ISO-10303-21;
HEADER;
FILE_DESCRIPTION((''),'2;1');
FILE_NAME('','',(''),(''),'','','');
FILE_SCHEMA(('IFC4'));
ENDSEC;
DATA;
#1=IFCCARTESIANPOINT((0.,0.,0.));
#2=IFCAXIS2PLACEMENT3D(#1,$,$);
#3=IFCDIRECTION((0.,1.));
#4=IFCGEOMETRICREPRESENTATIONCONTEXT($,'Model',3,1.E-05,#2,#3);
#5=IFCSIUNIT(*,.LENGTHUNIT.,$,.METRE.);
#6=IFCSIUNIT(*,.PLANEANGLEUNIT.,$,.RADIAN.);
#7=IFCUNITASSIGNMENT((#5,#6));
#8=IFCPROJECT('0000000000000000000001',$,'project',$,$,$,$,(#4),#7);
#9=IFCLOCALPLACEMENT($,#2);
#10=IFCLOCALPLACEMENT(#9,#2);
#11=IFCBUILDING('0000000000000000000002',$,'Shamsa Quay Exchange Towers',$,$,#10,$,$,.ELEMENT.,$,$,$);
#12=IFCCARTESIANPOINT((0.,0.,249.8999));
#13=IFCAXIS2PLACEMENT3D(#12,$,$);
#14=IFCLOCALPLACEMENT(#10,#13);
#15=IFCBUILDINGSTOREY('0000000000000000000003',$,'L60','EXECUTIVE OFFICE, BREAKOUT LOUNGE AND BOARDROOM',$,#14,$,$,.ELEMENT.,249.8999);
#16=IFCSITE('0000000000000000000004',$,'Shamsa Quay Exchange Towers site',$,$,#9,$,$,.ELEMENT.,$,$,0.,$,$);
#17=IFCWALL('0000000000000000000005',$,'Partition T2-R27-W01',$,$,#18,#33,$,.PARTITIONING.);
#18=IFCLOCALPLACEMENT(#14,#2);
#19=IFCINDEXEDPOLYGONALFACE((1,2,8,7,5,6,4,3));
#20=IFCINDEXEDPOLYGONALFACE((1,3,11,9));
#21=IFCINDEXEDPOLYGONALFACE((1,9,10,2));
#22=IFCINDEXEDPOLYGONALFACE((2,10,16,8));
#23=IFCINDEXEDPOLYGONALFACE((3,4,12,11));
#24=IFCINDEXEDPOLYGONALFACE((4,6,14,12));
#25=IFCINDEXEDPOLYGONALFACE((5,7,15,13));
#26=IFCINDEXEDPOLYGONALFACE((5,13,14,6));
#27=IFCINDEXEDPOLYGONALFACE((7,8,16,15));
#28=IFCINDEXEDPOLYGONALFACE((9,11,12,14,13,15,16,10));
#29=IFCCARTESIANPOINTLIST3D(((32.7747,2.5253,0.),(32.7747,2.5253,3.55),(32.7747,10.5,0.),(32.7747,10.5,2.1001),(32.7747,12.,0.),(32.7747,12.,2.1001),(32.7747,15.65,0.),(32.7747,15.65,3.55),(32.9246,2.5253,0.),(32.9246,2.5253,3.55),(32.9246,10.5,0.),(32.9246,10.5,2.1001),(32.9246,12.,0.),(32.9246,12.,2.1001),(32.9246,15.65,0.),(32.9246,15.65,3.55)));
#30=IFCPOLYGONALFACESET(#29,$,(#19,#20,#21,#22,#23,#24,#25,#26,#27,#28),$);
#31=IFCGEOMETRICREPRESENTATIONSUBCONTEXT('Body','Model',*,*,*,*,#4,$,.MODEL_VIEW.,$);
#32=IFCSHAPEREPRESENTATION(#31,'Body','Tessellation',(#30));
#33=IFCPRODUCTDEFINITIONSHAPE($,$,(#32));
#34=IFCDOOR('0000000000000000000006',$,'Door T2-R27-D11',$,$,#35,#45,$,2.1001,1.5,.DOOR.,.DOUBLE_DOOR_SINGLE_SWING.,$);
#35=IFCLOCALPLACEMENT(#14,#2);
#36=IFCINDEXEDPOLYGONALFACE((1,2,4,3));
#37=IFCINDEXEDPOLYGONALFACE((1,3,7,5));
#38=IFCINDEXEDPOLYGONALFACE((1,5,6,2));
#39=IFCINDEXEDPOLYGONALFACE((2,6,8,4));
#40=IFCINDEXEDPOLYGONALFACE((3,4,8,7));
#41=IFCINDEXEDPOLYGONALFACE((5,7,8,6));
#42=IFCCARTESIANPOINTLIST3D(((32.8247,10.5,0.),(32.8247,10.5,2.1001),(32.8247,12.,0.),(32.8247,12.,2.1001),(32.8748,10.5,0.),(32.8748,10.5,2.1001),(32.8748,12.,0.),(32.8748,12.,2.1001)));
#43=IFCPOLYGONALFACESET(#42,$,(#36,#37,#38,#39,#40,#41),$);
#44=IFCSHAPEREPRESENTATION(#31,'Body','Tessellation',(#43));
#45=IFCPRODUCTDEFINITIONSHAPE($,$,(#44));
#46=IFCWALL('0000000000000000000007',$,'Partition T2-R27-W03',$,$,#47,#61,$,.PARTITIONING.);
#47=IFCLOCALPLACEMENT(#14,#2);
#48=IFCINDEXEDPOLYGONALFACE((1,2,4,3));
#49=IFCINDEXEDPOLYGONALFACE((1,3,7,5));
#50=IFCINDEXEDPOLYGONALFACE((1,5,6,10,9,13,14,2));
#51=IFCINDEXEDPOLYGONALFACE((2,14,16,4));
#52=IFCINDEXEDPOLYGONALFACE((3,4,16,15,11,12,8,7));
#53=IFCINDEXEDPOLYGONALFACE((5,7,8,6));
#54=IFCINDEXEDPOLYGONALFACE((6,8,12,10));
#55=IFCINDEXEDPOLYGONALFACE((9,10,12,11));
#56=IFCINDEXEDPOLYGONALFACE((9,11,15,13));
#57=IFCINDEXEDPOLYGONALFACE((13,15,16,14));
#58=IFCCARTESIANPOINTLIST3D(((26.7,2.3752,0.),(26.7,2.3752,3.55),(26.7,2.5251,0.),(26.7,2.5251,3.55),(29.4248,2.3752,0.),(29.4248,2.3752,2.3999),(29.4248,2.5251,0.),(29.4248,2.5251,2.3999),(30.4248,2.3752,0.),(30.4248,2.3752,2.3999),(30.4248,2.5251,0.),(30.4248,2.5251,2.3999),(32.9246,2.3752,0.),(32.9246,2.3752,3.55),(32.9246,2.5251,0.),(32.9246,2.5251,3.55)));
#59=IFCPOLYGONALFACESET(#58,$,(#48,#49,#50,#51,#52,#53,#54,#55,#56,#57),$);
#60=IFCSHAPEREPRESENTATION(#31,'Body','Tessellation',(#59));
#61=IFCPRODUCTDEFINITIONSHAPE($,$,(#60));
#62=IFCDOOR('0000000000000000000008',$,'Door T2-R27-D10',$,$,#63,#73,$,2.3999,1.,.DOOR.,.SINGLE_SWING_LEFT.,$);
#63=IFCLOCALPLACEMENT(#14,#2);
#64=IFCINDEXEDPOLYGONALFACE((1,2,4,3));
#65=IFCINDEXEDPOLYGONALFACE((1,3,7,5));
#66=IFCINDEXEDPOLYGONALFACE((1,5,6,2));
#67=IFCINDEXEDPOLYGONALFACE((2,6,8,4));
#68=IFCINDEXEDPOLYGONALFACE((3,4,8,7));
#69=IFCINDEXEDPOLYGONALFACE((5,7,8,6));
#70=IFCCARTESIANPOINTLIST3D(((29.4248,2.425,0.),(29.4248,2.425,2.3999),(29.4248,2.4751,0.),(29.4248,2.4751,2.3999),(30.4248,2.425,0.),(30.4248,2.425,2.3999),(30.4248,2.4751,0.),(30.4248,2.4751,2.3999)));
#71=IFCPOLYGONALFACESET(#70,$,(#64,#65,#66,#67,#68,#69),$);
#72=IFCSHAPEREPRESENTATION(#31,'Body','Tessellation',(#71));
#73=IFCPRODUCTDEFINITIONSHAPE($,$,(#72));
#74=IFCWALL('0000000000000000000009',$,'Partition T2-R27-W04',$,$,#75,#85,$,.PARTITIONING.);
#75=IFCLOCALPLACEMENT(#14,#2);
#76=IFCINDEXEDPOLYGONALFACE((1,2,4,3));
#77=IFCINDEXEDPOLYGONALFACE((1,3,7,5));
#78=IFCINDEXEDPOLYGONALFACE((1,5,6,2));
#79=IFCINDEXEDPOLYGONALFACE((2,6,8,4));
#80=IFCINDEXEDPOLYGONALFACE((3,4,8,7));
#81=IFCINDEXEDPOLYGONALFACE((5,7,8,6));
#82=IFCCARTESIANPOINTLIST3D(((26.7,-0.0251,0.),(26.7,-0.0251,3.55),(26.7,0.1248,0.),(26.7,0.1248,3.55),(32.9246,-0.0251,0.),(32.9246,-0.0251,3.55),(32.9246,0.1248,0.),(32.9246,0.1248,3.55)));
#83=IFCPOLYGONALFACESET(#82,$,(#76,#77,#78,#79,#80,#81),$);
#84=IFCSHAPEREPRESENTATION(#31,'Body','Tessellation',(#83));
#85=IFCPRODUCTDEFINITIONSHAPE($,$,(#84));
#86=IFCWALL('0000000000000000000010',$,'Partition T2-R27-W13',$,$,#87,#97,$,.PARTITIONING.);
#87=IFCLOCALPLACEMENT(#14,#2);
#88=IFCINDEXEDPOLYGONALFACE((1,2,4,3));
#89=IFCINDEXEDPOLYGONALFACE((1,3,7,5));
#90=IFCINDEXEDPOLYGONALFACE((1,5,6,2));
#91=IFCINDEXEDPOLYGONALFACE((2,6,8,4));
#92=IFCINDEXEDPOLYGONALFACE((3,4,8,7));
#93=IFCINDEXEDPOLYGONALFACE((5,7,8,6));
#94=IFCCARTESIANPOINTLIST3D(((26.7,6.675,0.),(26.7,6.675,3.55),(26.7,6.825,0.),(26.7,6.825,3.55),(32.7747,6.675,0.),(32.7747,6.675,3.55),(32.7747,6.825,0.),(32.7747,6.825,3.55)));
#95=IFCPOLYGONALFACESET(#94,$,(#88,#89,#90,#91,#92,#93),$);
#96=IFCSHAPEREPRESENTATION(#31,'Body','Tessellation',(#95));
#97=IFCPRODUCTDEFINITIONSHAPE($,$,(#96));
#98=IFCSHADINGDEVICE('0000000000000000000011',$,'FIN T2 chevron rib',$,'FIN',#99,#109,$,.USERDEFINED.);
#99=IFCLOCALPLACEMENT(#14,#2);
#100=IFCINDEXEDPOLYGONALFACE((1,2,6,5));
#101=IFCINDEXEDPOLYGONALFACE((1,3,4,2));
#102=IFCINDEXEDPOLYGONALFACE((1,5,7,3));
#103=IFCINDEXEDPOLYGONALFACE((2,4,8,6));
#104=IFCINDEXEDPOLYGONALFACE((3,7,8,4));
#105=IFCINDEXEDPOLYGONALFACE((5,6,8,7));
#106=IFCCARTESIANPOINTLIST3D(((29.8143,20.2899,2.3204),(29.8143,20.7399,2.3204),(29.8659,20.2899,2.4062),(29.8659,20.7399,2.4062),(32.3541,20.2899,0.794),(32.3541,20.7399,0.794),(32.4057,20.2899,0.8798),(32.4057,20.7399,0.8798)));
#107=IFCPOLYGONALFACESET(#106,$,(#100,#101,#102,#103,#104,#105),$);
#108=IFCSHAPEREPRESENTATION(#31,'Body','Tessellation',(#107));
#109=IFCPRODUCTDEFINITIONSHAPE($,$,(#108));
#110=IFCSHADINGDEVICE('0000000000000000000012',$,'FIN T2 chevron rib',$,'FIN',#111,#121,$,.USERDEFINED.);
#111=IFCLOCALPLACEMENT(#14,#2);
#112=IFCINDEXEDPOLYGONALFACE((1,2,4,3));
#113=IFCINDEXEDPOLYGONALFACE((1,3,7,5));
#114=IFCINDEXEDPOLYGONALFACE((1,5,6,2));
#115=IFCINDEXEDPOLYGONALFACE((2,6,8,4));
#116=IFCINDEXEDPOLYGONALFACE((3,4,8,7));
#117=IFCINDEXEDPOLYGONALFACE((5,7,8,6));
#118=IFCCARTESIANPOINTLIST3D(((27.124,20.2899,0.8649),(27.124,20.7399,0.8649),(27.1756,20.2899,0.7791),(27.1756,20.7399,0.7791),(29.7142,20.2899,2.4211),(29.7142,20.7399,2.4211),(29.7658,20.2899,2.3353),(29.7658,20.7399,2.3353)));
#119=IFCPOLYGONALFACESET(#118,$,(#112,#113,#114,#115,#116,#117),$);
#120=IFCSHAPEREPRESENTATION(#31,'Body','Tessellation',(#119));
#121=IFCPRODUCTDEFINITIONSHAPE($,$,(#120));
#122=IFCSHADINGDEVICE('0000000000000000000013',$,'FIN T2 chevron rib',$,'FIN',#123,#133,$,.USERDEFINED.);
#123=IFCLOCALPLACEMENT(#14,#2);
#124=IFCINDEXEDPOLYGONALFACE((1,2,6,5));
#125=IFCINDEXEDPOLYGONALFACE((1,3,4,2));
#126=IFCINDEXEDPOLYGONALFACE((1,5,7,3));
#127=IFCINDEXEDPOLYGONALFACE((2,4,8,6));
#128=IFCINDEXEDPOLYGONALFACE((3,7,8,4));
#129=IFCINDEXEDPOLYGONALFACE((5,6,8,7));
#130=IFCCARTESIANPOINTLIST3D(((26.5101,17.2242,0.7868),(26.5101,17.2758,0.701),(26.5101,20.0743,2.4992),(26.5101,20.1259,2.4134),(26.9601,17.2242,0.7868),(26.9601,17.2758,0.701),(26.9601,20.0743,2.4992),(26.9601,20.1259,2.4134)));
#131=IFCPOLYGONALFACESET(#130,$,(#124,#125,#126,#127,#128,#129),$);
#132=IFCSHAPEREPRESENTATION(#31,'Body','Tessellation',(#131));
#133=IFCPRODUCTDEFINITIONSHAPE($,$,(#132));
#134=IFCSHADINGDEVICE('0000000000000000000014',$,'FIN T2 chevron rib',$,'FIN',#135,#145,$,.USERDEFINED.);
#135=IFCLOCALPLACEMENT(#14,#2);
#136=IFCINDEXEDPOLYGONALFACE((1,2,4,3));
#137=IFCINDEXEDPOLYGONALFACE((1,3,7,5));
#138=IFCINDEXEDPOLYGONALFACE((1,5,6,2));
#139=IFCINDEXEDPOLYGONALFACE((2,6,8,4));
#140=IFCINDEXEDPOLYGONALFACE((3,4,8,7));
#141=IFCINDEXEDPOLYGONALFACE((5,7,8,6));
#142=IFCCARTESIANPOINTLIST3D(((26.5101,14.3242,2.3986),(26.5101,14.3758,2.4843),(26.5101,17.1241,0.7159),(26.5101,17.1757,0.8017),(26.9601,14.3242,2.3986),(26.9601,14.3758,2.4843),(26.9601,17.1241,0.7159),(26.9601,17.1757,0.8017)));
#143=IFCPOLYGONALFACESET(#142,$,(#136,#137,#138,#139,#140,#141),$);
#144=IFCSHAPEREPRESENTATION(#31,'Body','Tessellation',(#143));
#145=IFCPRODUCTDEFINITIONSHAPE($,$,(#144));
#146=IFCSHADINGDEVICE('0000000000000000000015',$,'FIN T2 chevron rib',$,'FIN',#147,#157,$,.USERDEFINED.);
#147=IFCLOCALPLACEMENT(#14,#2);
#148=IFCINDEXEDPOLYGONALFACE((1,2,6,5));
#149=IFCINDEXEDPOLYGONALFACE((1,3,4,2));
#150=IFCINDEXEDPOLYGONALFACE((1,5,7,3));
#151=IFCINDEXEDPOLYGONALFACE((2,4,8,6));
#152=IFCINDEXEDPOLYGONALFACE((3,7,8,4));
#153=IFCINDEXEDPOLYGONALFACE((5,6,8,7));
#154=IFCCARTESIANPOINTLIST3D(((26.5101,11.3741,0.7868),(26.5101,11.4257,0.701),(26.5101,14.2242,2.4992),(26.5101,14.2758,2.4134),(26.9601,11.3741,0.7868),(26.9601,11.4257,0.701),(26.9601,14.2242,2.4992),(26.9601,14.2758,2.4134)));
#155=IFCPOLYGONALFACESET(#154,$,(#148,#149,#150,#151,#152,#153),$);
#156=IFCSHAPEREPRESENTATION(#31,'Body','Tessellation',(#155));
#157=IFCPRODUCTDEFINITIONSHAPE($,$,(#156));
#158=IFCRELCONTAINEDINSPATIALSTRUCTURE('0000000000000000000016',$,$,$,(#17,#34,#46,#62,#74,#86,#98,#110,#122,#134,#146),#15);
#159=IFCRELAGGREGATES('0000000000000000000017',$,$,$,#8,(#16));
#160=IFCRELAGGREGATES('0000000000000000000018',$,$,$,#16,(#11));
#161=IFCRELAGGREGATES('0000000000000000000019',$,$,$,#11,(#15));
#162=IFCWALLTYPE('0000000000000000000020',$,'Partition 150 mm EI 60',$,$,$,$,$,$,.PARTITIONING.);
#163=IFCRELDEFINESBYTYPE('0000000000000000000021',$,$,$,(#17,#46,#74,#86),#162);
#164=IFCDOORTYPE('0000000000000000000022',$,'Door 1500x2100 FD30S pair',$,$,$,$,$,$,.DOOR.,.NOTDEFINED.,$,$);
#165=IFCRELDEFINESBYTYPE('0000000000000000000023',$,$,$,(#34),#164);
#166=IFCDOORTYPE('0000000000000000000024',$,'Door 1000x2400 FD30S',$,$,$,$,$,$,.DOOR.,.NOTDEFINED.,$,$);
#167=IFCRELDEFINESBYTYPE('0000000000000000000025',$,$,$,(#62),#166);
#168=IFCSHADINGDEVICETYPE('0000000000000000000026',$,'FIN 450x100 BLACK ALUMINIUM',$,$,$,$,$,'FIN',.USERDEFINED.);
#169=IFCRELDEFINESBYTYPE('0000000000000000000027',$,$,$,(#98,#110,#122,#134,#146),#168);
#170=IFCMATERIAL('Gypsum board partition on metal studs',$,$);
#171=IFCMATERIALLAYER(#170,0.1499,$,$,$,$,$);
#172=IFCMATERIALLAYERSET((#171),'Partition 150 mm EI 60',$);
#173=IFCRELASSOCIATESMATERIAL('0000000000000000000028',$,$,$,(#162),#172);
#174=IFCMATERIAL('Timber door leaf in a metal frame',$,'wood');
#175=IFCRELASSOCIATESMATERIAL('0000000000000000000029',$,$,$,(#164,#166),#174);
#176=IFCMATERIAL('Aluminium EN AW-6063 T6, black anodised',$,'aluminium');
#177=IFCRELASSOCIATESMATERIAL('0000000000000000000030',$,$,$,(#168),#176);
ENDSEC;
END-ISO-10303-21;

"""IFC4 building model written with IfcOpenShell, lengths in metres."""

from ifc_helpers import new_model, si_unit, direction, frame, frame_2d, origin, origin_2d, place, context, subcontext, project, spatial, rectangle, extrude, material, layer, layer_set, material_profile, profile_set, type_object, element, fill, save


model = new_model("IFC4")

# Units and contexts
model_context = context("Model", 3, precision=1e-05, world=origin(), true_north=direction((0.0, 1.0)))
body_context = subcontext(model_context, "Body", "Model", "MODEL_VIEW")
ifc_project = project(units=[si_unit("LENGTHUNIT", "METRE"), si_unit("PLANEANGLEUNIT", "RADIAN")], contexts=[model_context])

# Site, building, storey
site_placement = place(None, origin())
site = spatial("IfcSite", under=ifc_project, at=site_placement, Name="Shamsa Quay Exchange Towers site", CompositionType="ELEMENT", RefElevation=0.0)
building_placement = place(site_placement, origin())
building = spatial("IfcBuilding", under=site, at=building_placement, Name="Shamsa Quay Exchange Towers", CompositionType="ELEMENT")
storey_placement = place(building_placement, frame((0.0, 0.0, 249.8999)))
storey = spatial("IfcBuildingStorey", under=building, at=storey_placement, Name="L60", Description="EXECUTIVE OFFICE, BREAKOUT LOUNGE AND BOARDROOM", CompositionType="ELEMENT", Elevation=249.8999)

# Shared definitions
ifc_material_1 = material(Name="Aluminium EN AW-6063 T6, black anodised", Category="aluminium")

# Shared definitions
ifc_material_2 = material(Name="Timber door leaf in a metal frame", Category="wood")

# Walls, openings, doors
ifc_material_3 = material(Name="Gypsum board partition on metal studs")
ifc_layer_1 = layer(ifc_material_3, 0.1499)
ifc_layer_set_1 = layer_set([ifc_layer_1], Name="Partition 150 mm EI 60")
wall_type_1 = type_object("IfcWallType", Name="Partition 150 mm EI 60", PredefinedType="PARTITIONING", material=ifc_layer_set_1)
wall_1_placement = place(storey_placement, frame((32.8496, 2.5251, 0.0), z_axis=(0.0, 0.0, 1.0), x_axis=(0.0, 1.0, 0.0)))
wall_1 = element("IfcWall", 1, at=wall_1_placement, inside=storey, type_object=wall_type_1, Name="Partition T2-R27-W01", PredefinedType="PARTITIONING", context=body_context, shape_type="SweptSolid", body=[
    extrude(rectangle(XDim=13.1248, YDim=0.1499, at=frame_2d((6.5625, 0.0))), origin(), (0.0, 0.0, 1.0), 3.55),
])
opening_1_placement = place(wall_1_placement, frame((7.9749, 0.0, 0.0)))
opening_1 = element("IfcOpeningElement", 2, at=opening_1_placement, cuts=wall_1, PredefinedType="OPENING", context=body_context, shape_type="SweptSolid", body=[
    extrude(rectangle(XDim=1.5, YDim=2.1001, at=frame_2d((0.75, 1.05))), frame((0.0, 0.085, 0.0), z_axis=(0.0, -1.0, 0.0), x_axis=(1.0, 0.0, 0.0)), (0.0, 0.0, 1.0), 0.1699),
])
door_type_1 = type_object("IfcDoorType", Name="Door 1500x2100 FD30S pair", OperationType="NOTDEFINED", PredefinedType="DOOR", material=ifc_material_2)
door_1_placement = place(opening_1_placement, origin())
door_1 = element("IfcDoor", 3, at=door_1_placement, inside=storey, type_object=door_type_1, Name="Door T2-R27-D11", OperationType="DOUBLE_DOOR_SINGLE_SWING", OverallHeight=2.1001, OverallWidth=1.5, PredefinedType="DOOR", context=body_context, shape_type="SweptSolid", body=[
    extrude(rectangle(XDim=1.5, YDim=2.1001, at=frame_2d((0.75, 1.05))), frame((0.0, 0.0249, 0.0), z_axis=(0.0, -1.0, 0.0), x_axis=(1.0, 0.0, 0.0)), (0.0, 0.0, 1.0), 0.05),
])
fill(opening_1, door_1)
wall_2_placement = place(storey_placement, frame((26.7, 2.4502, 0.0)))
wall_2 = element("IfcWall", 4, at=wall_2_placement, inside=storey, type_object=wall_type_1, Name="Partition T2-R27-W03", PredefinedType="PARTITIONING", context=body_context, shape_type="SweptSolid", body=[
    extrude(rectangle(XDim=6.2246, YDim=0.1499, at=frame_2d((3.1123, 0.0))), origin(), (0.0, 0.0, 1.0), 3.55),
])
opening_2_placement = place(wall_2_placement, frame((2.7249, 0.0, 0.0)))
opening_2 = element("IfcOpeningElement", 5, at=opening_2_placement, cuts=wall_2, PredefinedType="OPENING", context=body_context, shape_type="SweptSolid", body=[
    extrude(rectangle(XDim=1.0, YDim=2.3999, at=frame_2d((0.5, 1.2))), frame((0.0, 0.085, 0.0), z_axis=(0.0, -1.0, 0.0), x_axis=(1.0, 0.0, 0.0)), (0.0, 0.0, 1.0), 0.1699),
])
door_type_2 = type_object("IfcDoorType", Name="Door 1000x2400 FD30S", OperationType="NOTDEFINED", PredefinedType="DOOR", material=ifc_material_2)
door_2_placement = place(opening_2_placement, origin())
door_2 = element("IfcDoor", 6, at=door_2_placement, inside=storey, type_object=door_type_2, Name="Door T2-R27-D10", OperationType="SINGLE_SWING_LEFT", OverallHeight=2.3999, OverallWidth=1.0, PredefinedType="DOOR", context=body_context, shape_type="SweptSolid", body=[
    extrude(rectangle(XDim=1.0, YDim=2.3999, at=frame_2d((0.5, 1.2))), frame((0.0, 0.0249, 0.0), z_axis=(0.0, -1.0, 0.0), x_axis=(1.0, 0.0, 0.0)), (0.0, 0.0, 1.0), 0.05),
])
fill(opening_2, door_2)

# Walls
wall_3_placement = place(storey_placement, frame((32.9246, 0.0498, 0.0), z_axis=(0.0, 0.0, 1.0), x_axis=(-1.0, 0.0, 0.0)))
element("IfcWall", 7, at=wall_3_placement, inside=storey, type_object=wall_type_1, Name="Partition T2-R27-W04", PredefinedType="PARTITIONING", context=body_context, shape_type="SweptSolid", body=[
    extrude(rectangle(XDim=6.2246, YDim=0.1499, at=frame_2d((3.1123, 0.0))), origin(), (0.0, 0.0, 1.0), 3.55),
])
wall_4_placement = place(storey_placement, frame((32.7747, 6.75, 0.0), z_axis=(0.0, 0.0, 1.0), x_axis=(-1.0, 0.0, 0.0)))
element("IfcWall", 8, at=wall_4_placement, inside=storey, type_object=wall_type_1, Name="Partition T2-R27-W13", PredefinedType="PARTITIONING", context=body_context, shape_type="SweptSolid", body=[
    extrude(rectangle(XDim=6.0747, YDim=0.1499, at=frame_2d((3.0374, 0.0))), origin(), (0.0, 0.0, 1.0), 3.55),
])

# Shading devices
ifc_material_profile_1 = material_profile(ifc_material_1, rectangle(XDim=0.45, YDim=0.1001, at=origin_2d()), Name="FIN450x100")
ifc_profile_set_1 = profile_set([ifc_material_profile_1], Name="Aluminium EN AW-6063 T6, black anodised")
shading_device_type = type_object("IfcShadingDeviceType", Name="FIN 450x100 BLACK ALUMINIUM", ElementType="FIN", PredefinedType="USERDEFINED", material=ifc_profile_set_1)
shading_device_1_placement = place(storey_placement, frame((32.3799, 20.5149, 0.8369), z_axis=(-0.857122, 0.0, 0.515114), x_axis=(0.0, -1.0, 0.0)))
element("IfcShadingDevice", 9, at=shading_device_1_placement, inside=storey, type_object=shading_device_type, Name="FIN T2 chevron rib", ObjectType="FIN", PredefinedType="USERDEFINED", context=body_context, shape_type="SweptSolid", body=[
    extrude(rectangle(XDim=0.45, YDim=0.1001, at=origin_2d()), origin(), (0.0, 0.0, 1.0), 2.9631),
])
shading_device_2_placement = place(storey_placement, frame((29.74, 20.5149, 2.3782), z_axis=(-0.857186, 0.0, -0.515007), x_axis=(0.0, -1.0, 0.0)))
element("IfcShadingDevice", 10, at=shading_device_2_placement, inside=storey, type_object=shading_device_type, Name="FIN T2 chevron rib", ObjectType="FIN", PredefinedType="USERDEFINED", context=body_context, shape_type="SweptSolid", body=[
    extrude(rectangle(XDim=0.45, YDim=0.1001, at=origin_2d()), origin(), (0.0, 0.0, 1.0), 3.0217),
])
shading_device_3_placement = place(storey_placement, frame((26.7351, 20.1001, 2.4563), z_axis=(0.0, -0.857182, -0.515014), x_axis=(1.0, 0.0, 0.0)))
element("IfcShadingDevice", 11, at=shading_device_3_placement, inside=storey, type_object=shading_device_type, Name="FIN T2 chevron rib", ObjectType="FIN", PredefinedType="USERDEFINED", context=body_context, shape_type="SweptSolid", body=[
    extrude(rectangle(XDim=0.45, YDim=0.1001, at=origin_2d()), origin(), (0.0, 0.0, 1.0), 3.325),
])
shading_device_4_placement = place(storey_placement, frame((26.7351, 17.1499, 0.7588), z_axis=(0.0, -0.857123, 0.515111), x_axis=(1.0, 0.0, 0.0)))
element("IfcShadingDevice", 12, at=shading_device_4_placement, inside=storey, type_object=shading_device_type, Name="FIN T2 chevron rib", ObjectType="FIN", PredefinedType="USERDEFINED", context=body_context, shape_type="SweptSolid", body=[
    extrude(rectangle(XDim=0.45, YDim=0.1001, at=origin_2d()), origin(), (0.0, 0.0, 1.0), 3.2666),
])
shading_device_5_placement = place(storey_placement, frame((26.7351, 14.25, 2.4563), z_axis=(0.0, -0.857182, -0.515014), x_axis=(1.0, 0.0, 0.0)))
element("IfcShadingDevice", 13, at=shading_device_5_placement, inside=storey, type_object=shading_device_type, Name="FIN T2 chevron rib", ObjectType="FIN", PredefinedType="USERDEFINED", context=body_context, shape_type="SweptSolid", body=[
    extrude(rectangle(XDim=0.45, YDim=0.1001, at=origin_2d()), origin(), (0.0, 0.0, 1.0), 3.325),
])

save(model, "model.ifc")
